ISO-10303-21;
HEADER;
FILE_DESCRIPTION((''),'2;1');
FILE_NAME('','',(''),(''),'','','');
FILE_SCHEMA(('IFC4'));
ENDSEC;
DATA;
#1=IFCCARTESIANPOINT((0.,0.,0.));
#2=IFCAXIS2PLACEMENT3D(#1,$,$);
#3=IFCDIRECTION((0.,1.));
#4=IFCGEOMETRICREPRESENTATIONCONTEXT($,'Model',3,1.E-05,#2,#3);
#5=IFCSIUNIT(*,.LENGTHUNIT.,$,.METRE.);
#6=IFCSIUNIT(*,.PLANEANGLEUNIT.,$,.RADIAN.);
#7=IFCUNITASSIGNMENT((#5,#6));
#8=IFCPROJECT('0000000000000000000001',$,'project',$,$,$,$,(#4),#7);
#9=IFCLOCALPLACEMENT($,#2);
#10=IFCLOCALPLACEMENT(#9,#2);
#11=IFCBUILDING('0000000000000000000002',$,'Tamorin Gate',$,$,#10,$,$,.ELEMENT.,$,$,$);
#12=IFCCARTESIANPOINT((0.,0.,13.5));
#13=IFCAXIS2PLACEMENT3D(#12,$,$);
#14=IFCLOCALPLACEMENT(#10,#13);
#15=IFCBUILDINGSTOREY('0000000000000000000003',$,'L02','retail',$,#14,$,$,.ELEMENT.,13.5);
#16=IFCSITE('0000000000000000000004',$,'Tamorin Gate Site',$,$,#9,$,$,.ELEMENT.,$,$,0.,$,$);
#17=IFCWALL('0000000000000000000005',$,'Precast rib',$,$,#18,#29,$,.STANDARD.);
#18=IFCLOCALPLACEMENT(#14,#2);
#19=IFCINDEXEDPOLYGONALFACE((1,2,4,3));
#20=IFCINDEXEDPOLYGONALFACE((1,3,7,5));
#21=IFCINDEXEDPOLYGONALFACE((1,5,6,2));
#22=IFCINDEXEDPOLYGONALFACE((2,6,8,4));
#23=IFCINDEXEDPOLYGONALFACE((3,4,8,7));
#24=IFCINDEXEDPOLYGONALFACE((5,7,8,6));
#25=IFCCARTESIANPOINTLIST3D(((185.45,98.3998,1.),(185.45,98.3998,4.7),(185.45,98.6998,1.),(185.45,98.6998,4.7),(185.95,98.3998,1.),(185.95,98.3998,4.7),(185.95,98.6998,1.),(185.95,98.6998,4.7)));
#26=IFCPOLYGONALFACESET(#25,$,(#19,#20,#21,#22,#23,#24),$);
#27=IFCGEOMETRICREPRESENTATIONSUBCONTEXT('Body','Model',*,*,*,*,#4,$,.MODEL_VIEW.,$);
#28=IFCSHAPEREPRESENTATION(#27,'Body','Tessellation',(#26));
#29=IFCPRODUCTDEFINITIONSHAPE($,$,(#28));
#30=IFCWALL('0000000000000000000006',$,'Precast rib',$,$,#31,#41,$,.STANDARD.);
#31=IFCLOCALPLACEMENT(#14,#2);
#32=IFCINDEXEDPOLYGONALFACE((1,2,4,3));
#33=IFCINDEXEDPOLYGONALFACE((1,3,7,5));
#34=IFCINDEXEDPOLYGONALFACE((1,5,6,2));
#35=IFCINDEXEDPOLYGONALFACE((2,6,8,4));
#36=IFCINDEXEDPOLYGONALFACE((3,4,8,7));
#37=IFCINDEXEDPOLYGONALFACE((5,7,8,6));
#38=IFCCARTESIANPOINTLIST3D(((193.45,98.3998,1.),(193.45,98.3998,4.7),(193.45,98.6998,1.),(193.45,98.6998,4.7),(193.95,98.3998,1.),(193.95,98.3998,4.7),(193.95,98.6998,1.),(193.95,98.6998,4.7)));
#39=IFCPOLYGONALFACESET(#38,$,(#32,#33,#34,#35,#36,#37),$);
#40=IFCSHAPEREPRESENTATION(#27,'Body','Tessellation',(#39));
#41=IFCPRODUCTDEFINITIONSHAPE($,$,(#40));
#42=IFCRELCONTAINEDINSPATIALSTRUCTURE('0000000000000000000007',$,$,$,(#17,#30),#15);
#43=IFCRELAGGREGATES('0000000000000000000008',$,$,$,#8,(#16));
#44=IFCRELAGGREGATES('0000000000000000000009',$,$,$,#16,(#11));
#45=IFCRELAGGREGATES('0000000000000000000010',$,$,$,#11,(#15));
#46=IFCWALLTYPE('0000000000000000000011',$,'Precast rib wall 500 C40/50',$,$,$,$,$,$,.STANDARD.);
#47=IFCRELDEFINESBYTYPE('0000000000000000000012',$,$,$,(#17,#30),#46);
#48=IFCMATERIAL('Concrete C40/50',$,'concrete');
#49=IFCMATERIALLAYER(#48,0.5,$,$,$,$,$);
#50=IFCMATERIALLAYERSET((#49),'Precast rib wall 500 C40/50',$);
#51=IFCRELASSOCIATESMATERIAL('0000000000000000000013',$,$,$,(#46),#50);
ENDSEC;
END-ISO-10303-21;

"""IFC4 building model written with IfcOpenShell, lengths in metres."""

from ifc_helpers import new_model, si_unit, direction, frame, frame_2d, origin, place, context, subcontext, project, spatial, rectangle, extrude, material, layer, layer_set, type_object, element, save


model = new_model("IFC4")

# Units and contexts
model_context = context("Model", 3, precision=1e-05, world=origin(), true_north=direction((0.0, 1.0)))
body_context = subcontext(model_context, "Body", "Model", "MODEL_VIEW")
ifc_project = project(units=[si_unit("LENGTHUNIT", "METRE"), si_unit("PLANEANGLEUNIT", "RADIAN")], contexts=[model_context])

# Site, building, storey
site_placement = place(None, origin())
site = spatial("IfcSite", under=ifc_project, at=site_placement, Name="Tamorin Gate Site", CompositionType="ELEMENT", RefElevation=0.0)
building_placement = place(site_placement, origin())
building = spatial("IfcBuilding", under=site, at=building_placement, Name="Tamorin Gate", CompositionType="ELEMENT")
storey_placement = place(building_placement, frame((0.0, 0.0, 13.5)))
storey = spatial("IfcBuildingStorey", under=building, at=storey_placement, Name="L02", Description="retail", CompositionType="ELEMENT", Elevation=13.5)

# Walls
ifc_material_1 = material(Name="Concrete C40/50", Category="concrete")
ifc_layer = layer(ifc_material_1, 0.5)
ifc_layer_set = layer_set([ifc_layer], Name="Precast rib wall 500 C40/50")
wall_type = type_object("IfcWallType", Name="Precast rib wall 500 C40/50", PredefinedType="STANDARD", material=ifc_layer_set)
for number, where, z_axis, x_axis, name in (
    (1, (185.7, 98.3999, 1.0), (0.0, 0.0, 1.0), (0.0, 1.0, 0.0), "Precast rib"),
    (2, (193.7, 98.3999, 1.0), (0.0, 0.0, 1.0), (0.0, 1.0, 0.0), "Precast rib"),
):
    element("IfcWall", number, at=place(storey_placement, frame(where, z_axis=z_axis, x_axis=x_axis)), inside=storey, type_object=wall_type, Name=name, PredefinedType="STANDARD", context=body_context, shape_type="SweptSolid", body=[
        extrude(rectangle(XDim=0.3, YDim=0.5, at=frame_2d((0.1499, 0.0))), origin(), (0.0, 0.0, 1.0), 3.7),
    ])

save(model, "model.ifc")
